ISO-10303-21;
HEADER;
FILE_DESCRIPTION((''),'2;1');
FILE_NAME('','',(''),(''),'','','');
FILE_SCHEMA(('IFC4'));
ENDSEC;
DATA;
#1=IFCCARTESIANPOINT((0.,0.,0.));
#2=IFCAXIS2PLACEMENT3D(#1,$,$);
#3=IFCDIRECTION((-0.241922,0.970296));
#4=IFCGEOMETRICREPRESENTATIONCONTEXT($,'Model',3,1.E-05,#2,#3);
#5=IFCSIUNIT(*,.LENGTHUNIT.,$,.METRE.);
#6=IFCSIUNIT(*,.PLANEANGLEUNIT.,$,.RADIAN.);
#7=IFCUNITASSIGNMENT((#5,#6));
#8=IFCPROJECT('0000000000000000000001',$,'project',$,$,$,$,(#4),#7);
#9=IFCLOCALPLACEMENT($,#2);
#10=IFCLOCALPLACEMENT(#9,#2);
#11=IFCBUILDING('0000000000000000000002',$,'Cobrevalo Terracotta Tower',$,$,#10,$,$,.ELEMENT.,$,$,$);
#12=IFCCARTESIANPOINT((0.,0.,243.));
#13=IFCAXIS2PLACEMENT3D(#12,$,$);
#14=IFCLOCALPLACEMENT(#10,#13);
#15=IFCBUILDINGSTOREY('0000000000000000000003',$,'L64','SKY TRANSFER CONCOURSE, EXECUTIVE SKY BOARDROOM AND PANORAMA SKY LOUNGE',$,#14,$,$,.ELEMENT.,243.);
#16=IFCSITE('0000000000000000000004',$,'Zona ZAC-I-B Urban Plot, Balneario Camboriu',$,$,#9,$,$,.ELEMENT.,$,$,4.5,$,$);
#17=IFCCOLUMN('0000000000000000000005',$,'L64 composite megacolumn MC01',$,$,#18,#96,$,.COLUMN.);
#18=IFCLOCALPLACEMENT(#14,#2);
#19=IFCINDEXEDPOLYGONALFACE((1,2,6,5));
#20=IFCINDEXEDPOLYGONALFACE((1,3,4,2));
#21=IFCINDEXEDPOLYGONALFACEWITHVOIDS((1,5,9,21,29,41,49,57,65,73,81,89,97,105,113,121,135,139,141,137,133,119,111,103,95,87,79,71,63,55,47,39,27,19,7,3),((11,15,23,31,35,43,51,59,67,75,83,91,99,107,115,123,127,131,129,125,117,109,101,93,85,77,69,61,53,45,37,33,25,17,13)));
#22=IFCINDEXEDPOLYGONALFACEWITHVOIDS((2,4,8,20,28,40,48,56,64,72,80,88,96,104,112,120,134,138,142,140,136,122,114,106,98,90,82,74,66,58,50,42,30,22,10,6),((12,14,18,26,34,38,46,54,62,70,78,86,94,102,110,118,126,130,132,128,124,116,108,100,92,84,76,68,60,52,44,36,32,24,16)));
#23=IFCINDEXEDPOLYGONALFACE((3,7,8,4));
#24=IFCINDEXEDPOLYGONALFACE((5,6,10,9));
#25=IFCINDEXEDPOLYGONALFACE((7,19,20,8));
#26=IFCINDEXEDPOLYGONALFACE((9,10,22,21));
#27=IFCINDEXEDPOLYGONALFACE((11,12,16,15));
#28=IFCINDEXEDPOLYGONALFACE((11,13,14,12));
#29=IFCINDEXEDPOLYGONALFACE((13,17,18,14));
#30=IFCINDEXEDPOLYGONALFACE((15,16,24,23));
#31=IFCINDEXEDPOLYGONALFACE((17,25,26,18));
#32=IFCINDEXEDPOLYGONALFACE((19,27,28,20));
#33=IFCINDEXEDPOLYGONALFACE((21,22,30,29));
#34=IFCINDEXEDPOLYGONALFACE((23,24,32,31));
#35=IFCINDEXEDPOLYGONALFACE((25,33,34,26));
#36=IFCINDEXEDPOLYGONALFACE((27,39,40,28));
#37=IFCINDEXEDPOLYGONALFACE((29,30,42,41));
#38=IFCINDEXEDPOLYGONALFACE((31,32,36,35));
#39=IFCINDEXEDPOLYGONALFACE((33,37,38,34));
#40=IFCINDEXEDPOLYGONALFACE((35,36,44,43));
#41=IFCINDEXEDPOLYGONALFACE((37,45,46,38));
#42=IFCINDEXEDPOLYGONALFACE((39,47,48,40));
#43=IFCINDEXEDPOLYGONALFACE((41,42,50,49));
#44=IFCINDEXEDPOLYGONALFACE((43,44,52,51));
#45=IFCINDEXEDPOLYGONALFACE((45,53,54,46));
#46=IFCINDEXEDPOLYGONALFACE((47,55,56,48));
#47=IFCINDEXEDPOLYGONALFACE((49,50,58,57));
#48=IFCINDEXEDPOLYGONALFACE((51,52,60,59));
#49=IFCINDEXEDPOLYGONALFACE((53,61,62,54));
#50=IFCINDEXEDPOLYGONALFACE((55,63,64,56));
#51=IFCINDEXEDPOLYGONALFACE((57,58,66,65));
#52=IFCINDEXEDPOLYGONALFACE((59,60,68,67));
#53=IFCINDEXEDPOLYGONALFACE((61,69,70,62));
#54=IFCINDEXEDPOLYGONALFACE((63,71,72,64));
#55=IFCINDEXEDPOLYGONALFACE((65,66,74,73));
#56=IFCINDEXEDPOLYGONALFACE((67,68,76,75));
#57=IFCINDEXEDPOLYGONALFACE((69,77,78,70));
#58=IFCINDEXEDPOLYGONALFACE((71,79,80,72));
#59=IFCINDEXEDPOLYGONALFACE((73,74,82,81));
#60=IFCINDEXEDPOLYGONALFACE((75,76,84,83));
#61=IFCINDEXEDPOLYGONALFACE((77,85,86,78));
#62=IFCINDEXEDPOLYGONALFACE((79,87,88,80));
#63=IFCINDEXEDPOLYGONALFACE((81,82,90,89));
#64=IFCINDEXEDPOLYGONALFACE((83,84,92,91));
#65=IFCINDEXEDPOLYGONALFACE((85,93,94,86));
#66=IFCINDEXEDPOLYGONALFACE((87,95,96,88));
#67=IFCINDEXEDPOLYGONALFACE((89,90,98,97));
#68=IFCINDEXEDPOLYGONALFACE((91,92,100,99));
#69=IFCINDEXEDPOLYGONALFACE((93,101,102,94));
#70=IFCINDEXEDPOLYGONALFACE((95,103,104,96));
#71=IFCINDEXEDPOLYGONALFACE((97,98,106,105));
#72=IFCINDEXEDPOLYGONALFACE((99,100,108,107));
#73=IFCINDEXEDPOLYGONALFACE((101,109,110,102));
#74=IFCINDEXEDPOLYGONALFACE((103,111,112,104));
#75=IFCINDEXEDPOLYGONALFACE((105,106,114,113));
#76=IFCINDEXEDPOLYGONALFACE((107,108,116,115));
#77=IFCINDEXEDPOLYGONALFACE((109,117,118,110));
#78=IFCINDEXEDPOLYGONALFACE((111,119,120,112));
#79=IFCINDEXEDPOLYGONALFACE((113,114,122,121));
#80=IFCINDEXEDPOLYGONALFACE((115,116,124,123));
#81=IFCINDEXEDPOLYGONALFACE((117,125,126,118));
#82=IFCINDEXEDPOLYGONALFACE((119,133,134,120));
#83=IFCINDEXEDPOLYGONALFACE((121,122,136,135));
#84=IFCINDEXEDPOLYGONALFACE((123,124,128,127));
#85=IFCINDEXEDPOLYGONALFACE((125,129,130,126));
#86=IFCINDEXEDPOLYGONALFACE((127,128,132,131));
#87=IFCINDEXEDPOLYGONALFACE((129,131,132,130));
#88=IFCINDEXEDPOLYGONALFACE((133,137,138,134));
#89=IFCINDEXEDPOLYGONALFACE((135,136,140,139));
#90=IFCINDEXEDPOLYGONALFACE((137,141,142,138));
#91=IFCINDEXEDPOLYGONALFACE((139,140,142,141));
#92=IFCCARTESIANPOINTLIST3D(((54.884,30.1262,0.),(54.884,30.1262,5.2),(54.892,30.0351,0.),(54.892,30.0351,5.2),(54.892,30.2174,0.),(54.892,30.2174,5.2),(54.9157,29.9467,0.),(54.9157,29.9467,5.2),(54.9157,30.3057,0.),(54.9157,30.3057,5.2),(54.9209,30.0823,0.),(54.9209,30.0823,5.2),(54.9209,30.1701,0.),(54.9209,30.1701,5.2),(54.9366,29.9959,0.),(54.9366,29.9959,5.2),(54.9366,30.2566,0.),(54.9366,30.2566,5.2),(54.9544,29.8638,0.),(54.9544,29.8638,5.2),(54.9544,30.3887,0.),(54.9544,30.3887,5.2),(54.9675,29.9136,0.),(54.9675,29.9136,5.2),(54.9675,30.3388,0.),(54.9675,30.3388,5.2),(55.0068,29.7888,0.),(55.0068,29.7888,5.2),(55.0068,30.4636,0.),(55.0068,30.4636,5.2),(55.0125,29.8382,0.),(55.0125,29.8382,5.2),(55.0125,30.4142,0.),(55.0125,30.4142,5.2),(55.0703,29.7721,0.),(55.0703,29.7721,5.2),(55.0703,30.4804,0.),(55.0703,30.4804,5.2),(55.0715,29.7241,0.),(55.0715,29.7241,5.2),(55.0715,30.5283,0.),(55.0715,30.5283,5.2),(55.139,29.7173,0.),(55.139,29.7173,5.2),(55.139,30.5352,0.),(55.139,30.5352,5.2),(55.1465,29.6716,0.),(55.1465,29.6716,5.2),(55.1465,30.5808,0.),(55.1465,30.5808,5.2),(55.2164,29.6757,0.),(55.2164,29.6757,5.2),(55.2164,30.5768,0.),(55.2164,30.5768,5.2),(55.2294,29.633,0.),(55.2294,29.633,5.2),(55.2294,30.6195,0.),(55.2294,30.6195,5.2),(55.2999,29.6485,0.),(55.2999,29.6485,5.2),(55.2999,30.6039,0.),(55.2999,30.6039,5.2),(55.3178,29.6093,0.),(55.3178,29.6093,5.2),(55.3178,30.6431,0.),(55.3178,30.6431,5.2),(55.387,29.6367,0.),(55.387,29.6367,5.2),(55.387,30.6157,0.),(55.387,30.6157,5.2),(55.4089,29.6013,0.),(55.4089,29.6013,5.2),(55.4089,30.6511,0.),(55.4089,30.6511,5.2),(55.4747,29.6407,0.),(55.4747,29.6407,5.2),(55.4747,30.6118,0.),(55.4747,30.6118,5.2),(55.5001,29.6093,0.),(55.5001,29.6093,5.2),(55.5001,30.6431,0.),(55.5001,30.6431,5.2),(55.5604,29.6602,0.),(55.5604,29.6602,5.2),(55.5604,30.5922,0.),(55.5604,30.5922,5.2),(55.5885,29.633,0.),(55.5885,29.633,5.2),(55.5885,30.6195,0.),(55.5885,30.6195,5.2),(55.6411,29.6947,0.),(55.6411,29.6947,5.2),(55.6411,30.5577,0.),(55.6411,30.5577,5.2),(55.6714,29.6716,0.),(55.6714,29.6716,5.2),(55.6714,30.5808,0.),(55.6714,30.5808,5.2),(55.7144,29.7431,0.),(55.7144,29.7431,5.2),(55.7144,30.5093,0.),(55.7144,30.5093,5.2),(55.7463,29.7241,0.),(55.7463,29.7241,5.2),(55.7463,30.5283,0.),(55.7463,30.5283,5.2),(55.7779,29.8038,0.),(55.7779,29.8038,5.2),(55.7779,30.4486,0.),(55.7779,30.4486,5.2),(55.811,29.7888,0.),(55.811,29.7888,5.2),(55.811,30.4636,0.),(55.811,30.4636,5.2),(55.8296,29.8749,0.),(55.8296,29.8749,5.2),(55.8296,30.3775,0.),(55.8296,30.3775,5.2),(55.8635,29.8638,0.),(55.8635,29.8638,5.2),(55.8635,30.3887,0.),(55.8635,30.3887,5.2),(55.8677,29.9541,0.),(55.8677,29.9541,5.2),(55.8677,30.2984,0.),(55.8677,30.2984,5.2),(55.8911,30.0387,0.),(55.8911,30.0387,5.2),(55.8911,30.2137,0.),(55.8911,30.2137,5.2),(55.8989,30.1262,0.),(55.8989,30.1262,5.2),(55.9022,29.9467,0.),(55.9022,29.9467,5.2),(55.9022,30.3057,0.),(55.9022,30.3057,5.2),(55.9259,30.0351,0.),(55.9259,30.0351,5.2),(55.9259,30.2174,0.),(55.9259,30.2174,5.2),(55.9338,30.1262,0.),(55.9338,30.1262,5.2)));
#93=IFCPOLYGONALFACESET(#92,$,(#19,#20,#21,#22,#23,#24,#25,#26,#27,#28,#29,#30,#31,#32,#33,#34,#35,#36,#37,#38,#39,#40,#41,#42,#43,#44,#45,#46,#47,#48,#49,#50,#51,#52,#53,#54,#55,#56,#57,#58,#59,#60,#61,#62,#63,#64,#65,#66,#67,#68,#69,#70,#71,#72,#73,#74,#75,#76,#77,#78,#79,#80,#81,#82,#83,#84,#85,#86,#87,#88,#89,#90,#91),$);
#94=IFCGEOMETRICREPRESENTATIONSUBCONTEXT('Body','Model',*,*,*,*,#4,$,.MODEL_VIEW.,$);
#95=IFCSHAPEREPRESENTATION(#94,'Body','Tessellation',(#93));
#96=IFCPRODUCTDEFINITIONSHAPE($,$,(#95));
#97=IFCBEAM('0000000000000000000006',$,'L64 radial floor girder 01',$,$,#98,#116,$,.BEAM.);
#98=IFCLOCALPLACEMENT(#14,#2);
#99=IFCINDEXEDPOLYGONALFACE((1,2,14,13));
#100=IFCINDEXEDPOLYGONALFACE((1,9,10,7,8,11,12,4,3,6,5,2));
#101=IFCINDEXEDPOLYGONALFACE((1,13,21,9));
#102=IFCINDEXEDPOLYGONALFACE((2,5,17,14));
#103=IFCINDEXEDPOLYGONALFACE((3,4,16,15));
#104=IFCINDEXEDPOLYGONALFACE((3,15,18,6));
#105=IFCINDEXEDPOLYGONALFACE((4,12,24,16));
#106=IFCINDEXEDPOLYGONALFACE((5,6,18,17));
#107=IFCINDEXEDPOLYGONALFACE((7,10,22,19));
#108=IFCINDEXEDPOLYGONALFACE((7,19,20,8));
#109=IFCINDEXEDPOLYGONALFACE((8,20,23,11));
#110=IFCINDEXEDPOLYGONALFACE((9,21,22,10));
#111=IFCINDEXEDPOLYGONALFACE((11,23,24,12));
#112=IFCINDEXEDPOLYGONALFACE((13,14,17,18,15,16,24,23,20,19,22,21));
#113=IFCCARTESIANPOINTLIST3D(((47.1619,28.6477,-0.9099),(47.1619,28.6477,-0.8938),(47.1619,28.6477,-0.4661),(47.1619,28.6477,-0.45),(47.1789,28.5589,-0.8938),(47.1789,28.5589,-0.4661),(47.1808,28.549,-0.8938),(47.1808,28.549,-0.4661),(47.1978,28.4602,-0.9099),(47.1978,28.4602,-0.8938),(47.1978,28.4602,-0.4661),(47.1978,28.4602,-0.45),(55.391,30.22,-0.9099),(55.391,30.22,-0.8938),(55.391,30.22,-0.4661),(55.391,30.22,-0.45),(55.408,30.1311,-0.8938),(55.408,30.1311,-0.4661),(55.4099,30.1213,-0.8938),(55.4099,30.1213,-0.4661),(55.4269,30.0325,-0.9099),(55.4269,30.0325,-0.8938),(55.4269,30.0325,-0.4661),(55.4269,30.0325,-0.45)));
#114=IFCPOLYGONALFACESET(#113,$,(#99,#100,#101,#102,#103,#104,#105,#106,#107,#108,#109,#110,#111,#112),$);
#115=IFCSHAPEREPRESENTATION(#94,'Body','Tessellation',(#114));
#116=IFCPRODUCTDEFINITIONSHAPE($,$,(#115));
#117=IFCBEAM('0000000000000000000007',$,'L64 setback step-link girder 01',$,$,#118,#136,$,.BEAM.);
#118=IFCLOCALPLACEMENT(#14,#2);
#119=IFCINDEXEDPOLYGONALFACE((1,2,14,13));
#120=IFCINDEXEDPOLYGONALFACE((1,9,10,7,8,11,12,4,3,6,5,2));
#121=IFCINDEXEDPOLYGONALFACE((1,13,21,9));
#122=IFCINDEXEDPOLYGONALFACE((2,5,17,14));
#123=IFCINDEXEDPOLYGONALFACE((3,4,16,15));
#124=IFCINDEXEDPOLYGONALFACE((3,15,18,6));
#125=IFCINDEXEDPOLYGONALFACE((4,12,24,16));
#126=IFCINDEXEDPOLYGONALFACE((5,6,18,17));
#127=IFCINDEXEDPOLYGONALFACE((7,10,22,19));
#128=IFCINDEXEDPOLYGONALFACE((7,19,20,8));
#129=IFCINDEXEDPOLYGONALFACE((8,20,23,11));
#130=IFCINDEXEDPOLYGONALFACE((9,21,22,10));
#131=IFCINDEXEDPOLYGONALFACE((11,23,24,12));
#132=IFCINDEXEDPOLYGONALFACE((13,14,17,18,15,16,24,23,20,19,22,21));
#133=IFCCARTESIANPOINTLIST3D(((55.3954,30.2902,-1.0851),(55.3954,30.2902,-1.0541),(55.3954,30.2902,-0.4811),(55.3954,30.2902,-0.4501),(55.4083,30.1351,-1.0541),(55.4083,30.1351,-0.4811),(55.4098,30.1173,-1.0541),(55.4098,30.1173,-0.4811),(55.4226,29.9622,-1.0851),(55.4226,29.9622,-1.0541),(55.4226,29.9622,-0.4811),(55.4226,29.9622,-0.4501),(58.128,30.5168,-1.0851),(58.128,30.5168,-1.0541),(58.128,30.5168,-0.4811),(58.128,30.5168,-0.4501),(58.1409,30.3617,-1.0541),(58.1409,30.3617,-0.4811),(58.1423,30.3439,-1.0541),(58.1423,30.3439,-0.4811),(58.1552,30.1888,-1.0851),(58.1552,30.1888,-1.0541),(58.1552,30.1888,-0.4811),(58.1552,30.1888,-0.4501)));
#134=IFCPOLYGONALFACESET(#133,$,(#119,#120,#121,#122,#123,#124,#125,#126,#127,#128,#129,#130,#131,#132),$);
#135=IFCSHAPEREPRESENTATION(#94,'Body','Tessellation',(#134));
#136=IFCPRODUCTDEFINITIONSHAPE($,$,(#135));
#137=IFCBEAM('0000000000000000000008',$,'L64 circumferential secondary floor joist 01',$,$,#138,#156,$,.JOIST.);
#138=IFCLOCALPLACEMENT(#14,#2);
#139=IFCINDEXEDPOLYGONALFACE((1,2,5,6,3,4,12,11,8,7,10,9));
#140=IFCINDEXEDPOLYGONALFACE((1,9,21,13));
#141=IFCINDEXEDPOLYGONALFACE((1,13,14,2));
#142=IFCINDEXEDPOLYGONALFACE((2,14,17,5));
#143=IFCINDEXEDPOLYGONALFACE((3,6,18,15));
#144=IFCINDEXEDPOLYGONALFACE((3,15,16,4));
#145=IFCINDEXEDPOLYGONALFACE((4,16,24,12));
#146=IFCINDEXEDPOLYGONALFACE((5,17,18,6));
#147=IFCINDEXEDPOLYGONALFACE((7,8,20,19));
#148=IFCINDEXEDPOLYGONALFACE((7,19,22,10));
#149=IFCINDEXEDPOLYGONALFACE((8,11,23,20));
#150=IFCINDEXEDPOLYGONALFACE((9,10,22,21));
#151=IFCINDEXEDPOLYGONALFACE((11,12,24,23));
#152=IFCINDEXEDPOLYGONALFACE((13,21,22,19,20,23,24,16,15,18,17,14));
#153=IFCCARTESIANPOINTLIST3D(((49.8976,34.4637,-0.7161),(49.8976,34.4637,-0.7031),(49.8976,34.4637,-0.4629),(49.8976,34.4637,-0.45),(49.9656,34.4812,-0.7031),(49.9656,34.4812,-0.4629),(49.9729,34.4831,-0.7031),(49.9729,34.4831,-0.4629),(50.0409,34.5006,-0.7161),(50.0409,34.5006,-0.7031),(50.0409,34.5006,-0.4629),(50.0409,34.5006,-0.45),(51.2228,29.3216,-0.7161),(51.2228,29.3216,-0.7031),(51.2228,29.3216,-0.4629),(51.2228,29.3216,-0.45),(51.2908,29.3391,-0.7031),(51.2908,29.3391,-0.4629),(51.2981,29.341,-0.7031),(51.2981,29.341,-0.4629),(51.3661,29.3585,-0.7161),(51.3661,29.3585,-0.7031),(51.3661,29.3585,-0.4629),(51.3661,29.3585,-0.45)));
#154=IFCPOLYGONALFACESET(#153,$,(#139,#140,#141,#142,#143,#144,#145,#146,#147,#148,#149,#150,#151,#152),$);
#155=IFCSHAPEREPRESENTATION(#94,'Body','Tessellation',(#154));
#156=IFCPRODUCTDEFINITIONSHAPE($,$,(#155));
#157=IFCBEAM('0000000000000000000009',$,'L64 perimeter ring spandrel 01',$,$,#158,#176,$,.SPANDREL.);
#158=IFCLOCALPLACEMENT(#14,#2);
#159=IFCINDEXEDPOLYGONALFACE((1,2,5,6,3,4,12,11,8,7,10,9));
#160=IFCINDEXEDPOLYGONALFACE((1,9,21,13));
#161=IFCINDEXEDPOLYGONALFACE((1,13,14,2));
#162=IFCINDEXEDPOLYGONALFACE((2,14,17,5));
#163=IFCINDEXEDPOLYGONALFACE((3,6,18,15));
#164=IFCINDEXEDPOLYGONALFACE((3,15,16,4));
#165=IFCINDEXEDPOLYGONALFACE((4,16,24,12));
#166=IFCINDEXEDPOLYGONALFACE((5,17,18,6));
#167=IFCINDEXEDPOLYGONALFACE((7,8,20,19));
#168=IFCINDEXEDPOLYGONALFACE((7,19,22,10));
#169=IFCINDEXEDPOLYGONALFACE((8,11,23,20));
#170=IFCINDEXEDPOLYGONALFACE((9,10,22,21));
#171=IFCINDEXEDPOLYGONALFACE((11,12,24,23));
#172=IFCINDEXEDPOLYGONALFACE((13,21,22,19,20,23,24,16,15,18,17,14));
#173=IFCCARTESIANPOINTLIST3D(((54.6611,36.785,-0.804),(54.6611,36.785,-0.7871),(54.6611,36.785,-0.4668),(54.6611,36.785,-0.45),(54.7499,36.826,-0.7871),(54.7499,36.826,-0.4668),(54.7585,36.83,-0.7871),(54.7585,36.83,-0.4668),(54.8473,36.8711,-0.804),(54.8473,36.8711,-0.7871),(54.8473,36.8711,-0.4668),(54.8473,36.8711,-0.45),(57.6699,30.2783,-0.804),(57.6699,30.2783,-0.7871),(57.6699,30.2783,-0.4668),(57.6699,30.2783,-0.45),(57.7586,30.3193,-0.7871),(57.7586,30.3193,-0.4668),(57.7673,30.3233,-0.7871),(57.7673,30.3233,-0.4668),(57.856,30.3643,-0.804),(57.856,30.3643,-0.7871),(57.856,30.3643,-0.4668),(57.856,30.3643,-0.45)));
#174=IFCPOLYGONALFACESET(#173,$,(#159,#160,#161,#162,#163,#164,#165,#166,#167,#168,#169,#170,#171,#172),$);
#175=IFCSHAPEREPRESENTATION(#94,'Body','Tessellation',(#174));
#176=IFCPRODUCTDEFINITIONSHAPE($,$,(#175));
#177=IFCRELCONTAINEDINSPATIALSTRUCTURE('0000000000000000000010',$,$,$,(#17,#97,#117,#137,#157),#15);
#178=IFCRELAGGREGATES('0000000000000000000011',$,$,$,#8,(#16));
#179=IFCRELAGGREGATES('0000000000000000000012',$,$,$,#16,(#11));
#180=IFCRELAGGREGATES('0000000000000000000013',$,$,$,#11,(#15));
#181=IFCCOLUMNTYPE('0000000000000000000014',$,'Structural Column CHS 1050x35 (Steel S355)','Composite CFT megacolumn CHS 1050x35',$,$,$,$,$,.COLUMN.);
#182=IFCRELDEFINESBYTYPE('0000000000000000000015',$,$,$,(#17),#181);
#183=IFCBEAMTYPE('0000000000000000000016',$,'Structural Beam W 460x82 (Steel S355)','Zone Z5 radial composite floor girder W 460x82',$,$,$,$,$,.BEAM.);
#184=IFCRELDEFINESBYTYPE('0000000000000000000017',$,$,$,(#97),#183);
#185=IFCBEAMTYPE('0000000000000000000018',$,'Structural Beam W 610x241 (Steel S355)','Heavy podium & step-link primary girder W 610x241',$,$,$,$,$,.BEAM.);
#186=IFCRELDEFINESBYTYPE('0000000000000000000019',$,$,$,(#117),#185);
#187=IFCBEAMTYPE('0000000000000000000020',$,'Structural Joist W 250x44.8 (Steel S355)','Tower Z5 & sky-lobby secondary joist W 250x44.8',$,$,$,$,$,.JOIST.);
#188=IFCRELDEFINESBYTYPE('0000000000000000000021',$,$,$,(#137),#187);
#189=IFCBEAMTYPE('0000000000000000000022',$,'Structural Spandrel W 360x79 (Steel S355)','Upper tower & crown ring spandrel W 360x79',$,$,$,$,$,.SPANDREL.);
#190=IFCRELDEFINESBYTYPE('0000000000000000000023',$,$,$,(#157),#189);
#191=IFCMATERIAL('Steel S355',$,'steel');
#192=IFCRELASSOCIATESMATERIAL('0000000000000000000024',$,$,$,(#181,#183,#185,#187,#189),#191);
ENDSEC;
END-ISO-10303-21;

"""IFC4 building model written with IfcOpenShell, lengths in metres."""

from ifc_helpers import new_model, si_unit, direction, frame, origin, origin_2d, place, context, subcontext, project, spatial, hollow_circle, i_section, extrude, material, material_profile, profile_set, type_object, element, save


model = new_model("IFC4")

# Units and contexts
model_context = context("Model", 3, precision=1e-05, world=origin(), true_north=direction((-0.241922, 0.970296)))
body_context = subcontext(model_context, "Body", "Model", "MODEL_VIEW")
ifc_project = project(units=[si_unit("LENGTHUNIT", "METRE"), si_unit("PLANEANGLEUNIT", "RADIAN")], contexts=[model_context])

# Site, building, storey
site_placement = place(None, origin())
site = spatial("IfcSite", under=ifc_project, at=site_placement, Name="Zona ZAC-I-B Urban Plot, Balneario Camboriu", CompositionType="ELEMENT", RefElevation=4.5)
building_placement = place(site_placement, origin())
building = spatial("IfcBuilding", under=site, at=building_placement, Name="Cobrevalo Terracotta Tower", CompositionType="ELEMENT")
storey_placement = place(building_placement, frame((0.0, 0.0, 243.0)))
storey = spatial("IfcBuildingStorey", under=building, at=storey_placement, Name="L64", Description="SKY TRANSFER CONCOURSE, EXECUTIVE SKY BOARDROOM AND PANORAMA SKY LOUNGE", CompositionType="ELEMENT", Elevation=243.0)

# Column
ifc_material_1 = material(Name="Steel S355", Category="steel")
ifc_material_profile_1 = material_profile(ifc_material_1, hollow_circle(Radius=0.5249, WallThickness=0.0349, at=origin_2d()), Name="CHS 1050x35")
ifc_profile_set_1 = profile_set([ifc_material_profile_1], Name="Steel S355")
column_type = type_object("IfcColumnType", Name="Structural Column CHS 1050x35 (Steel S355)", Description="Composite CFT megacolumn CHS 1050x35", PredefinedType="COLUMN", material=ifc_profile_set_1)
column_placement = place(storey_placement, frame((55.4089, 30.1262, 0.0), z_axis=(0.0, 0.0, 1.0), x_axis=(1.0, 0.0, 0.0)))
element("IfcColumn", 1, at=column_placement, inside=storey, type_object=column_type, Name="L64 composite megacolumn MC01", PredefinedType="COLUMN", context=body_context, shape_type="SweptSolid", body=[
    extrude(hollow_circle(Radius=0.5249, WallThickness=0.0349, at=origin_2d()), origin(), (0.0, 0.0, 1.0), 5.2),
])

# Beams
ifc_material_profile_2 = material_profile(ifc_material_1, i_section(OverallWidth=0.1909, OverallDepth=0.46, WebThickness=0.01, FlangeThickness=0.0161, at=origin_2d()), Name="W 460x82")
ifc_profile_set_2 = profile_set([ifc_material_profile_2], Name="Steel S355")
beam_type_1 = type_object("IfcBeamType", Name="Structural Beam W 460x82 (Steel S355)", Description="Zone Z5 radial composite floor girder W 460x82", PredefinedType="BEAM", material=ifc_profile_set_2)
beam_1_placement = place(storey_placement, frame((55.4089, 30.1262, -0.6799), z_axis=(-0.982232, -0.187669, 0.0), x_axis=(0.187669, -0.982232, 0.0)))
element("IfcBeam", 2, at=beam_1_placement, inside=storey, type_object=beam_type_1, Name="L64 radial floor girder 01", PredefinedType="BEAM", context=body_context, shape_type="SweptSolid", body=[
    extrude(i_section(OverallWidth=0.1909, OverallDepth=0.46, WebThickness=0.01, FlangeThickness=0.0161, at=origin_2d()), origin(), (0.0, 0.0, 1.0), 8.3779),
])
ifc_material_profile_3 = material_profile(ifc_material_1, i_section(OverallWidth=0.3291, OverallDepth=0.635, WebThickness=0.0178, FlangeThickness=0.031, at=origin_2d()), Name="W 610x241")
ifc_profile_set_3 = profile_set([ifc_material_profile_3], Name="Steel S355")
beam_type_2 = type_object("IfcBeamType", Name="Structural Beam W 610x241 (Steel S355)", Description="Heavy podium & step-link primary girder W 610x241", PredefinedType="BEAM", material=ifc_profile_set_3)
beam_2_placement = place(storey_placement, frame((58.1416, 30.3528, -0.7676), z_axis=(-0.996581, -0.082625, 0.0), x_axis=(0.082625, -0.996581, 0.0)))
element("IfcBeam", 3, at=beam_2_placement, inside=storey, type_object=beam_type_2, Name="L64 setback step-link girder 01", PredefinedType="BEAM", context=body_context, shape_type="SweptSolid", body=[
    extrude(i_section(OverallWidth=0.3291, OverallDepth=0.635, WebThickness=0.0178, FlangeThickness=0.031, at=origin_2d()), origin(), (0.0, 0.0, 1.0), 2.7419),
])
ifc_material_profile_4 = material_profile(ifc_material_1, i_section(OverallWidth=0.1479, OverallDepth=0.2661, WebThickness=0.0076, FlangeThickness=0.0129, at=origin_2d()), Name="W 250x44.8")
ifc_profile_set_4 = profile_set([ifc_material_profile_4], Name="Steel S355")
beam_type_3 = type_object("IfcBeamType", Name="Structural Joist W 250x44.8 (Steel S355)", Description="Tower Z5 & sky-lobby secondary joist W 250x44.8", PredefinedType="JOIST", material=ifc_profile_set_4)
beam_3_placement = place(storey_placement, frame((51.2944, 29.3401, -0.583), z_axis=(-0.249561, 0.968359, 0.0), x_axis=(-0.968359, -0.249561, 0.0)))
element("IfcBeam", 4, at=beam_3_placement, inside=storey, type_object=beam_type_3, Name="L64 circumferential secondary floor joist 01", PredefinedType="JOIST", context=body_context, shape_type="SweptSolid", body=[
    extrude(i_section(OverallWidth=0.1479, OverallDepth=0.2661, WebThickness=0.0076, FlangeThickness=0.0129, at=origin_2d()), origin(), (0.0, 0.0, 1.0), 5.3101),
])
ifc_material_profile_5 = material_profile(ifc_material_1, i_section(OverallWidth=0.2051, OverallDepth=0.354, WebThickness=0.0095, FlangeThickness=0.0168, at=origin_2d()), Name="W 360x79")
ifc_profile_set_5 = profile_set([ifc_material_profile_5], Name="Steel S355")
beam_type_4 = type_object("IfcBeamType", Name="Structural Spandrel W 360x79 (Steel S355)", Description="Upper tower & crown ring spandrel W 360x79", PredefinedType="SPANDREL", material=ifc_profile_set_5)
beam_4_placement = place(storey_placement, frame((57.7629, 30.3213, -0.627), z_axis=(-0.419706, 0.90766, 0.0), x_axis=(-0.90766, -0.419706, 0.0)))
element("IfcBeam", 5, at=beam_4_placement, inside=storey, type_object=beam_type_4, Name="L64 perimeter ring spandrel 01", PredefinedType="SPANDREL", context=body_context, shape_type="SweptSolid", body=[
    extrude(i_section(OverallWidth=0.2051, OverallDepth=0.354, WebThickness=0.0095, FlangeThickness=0.0168, at=origin_2d()), origin(), (0.0, 0.0, 1.0), 7.1687),
])

save(model, "model.ifc")
